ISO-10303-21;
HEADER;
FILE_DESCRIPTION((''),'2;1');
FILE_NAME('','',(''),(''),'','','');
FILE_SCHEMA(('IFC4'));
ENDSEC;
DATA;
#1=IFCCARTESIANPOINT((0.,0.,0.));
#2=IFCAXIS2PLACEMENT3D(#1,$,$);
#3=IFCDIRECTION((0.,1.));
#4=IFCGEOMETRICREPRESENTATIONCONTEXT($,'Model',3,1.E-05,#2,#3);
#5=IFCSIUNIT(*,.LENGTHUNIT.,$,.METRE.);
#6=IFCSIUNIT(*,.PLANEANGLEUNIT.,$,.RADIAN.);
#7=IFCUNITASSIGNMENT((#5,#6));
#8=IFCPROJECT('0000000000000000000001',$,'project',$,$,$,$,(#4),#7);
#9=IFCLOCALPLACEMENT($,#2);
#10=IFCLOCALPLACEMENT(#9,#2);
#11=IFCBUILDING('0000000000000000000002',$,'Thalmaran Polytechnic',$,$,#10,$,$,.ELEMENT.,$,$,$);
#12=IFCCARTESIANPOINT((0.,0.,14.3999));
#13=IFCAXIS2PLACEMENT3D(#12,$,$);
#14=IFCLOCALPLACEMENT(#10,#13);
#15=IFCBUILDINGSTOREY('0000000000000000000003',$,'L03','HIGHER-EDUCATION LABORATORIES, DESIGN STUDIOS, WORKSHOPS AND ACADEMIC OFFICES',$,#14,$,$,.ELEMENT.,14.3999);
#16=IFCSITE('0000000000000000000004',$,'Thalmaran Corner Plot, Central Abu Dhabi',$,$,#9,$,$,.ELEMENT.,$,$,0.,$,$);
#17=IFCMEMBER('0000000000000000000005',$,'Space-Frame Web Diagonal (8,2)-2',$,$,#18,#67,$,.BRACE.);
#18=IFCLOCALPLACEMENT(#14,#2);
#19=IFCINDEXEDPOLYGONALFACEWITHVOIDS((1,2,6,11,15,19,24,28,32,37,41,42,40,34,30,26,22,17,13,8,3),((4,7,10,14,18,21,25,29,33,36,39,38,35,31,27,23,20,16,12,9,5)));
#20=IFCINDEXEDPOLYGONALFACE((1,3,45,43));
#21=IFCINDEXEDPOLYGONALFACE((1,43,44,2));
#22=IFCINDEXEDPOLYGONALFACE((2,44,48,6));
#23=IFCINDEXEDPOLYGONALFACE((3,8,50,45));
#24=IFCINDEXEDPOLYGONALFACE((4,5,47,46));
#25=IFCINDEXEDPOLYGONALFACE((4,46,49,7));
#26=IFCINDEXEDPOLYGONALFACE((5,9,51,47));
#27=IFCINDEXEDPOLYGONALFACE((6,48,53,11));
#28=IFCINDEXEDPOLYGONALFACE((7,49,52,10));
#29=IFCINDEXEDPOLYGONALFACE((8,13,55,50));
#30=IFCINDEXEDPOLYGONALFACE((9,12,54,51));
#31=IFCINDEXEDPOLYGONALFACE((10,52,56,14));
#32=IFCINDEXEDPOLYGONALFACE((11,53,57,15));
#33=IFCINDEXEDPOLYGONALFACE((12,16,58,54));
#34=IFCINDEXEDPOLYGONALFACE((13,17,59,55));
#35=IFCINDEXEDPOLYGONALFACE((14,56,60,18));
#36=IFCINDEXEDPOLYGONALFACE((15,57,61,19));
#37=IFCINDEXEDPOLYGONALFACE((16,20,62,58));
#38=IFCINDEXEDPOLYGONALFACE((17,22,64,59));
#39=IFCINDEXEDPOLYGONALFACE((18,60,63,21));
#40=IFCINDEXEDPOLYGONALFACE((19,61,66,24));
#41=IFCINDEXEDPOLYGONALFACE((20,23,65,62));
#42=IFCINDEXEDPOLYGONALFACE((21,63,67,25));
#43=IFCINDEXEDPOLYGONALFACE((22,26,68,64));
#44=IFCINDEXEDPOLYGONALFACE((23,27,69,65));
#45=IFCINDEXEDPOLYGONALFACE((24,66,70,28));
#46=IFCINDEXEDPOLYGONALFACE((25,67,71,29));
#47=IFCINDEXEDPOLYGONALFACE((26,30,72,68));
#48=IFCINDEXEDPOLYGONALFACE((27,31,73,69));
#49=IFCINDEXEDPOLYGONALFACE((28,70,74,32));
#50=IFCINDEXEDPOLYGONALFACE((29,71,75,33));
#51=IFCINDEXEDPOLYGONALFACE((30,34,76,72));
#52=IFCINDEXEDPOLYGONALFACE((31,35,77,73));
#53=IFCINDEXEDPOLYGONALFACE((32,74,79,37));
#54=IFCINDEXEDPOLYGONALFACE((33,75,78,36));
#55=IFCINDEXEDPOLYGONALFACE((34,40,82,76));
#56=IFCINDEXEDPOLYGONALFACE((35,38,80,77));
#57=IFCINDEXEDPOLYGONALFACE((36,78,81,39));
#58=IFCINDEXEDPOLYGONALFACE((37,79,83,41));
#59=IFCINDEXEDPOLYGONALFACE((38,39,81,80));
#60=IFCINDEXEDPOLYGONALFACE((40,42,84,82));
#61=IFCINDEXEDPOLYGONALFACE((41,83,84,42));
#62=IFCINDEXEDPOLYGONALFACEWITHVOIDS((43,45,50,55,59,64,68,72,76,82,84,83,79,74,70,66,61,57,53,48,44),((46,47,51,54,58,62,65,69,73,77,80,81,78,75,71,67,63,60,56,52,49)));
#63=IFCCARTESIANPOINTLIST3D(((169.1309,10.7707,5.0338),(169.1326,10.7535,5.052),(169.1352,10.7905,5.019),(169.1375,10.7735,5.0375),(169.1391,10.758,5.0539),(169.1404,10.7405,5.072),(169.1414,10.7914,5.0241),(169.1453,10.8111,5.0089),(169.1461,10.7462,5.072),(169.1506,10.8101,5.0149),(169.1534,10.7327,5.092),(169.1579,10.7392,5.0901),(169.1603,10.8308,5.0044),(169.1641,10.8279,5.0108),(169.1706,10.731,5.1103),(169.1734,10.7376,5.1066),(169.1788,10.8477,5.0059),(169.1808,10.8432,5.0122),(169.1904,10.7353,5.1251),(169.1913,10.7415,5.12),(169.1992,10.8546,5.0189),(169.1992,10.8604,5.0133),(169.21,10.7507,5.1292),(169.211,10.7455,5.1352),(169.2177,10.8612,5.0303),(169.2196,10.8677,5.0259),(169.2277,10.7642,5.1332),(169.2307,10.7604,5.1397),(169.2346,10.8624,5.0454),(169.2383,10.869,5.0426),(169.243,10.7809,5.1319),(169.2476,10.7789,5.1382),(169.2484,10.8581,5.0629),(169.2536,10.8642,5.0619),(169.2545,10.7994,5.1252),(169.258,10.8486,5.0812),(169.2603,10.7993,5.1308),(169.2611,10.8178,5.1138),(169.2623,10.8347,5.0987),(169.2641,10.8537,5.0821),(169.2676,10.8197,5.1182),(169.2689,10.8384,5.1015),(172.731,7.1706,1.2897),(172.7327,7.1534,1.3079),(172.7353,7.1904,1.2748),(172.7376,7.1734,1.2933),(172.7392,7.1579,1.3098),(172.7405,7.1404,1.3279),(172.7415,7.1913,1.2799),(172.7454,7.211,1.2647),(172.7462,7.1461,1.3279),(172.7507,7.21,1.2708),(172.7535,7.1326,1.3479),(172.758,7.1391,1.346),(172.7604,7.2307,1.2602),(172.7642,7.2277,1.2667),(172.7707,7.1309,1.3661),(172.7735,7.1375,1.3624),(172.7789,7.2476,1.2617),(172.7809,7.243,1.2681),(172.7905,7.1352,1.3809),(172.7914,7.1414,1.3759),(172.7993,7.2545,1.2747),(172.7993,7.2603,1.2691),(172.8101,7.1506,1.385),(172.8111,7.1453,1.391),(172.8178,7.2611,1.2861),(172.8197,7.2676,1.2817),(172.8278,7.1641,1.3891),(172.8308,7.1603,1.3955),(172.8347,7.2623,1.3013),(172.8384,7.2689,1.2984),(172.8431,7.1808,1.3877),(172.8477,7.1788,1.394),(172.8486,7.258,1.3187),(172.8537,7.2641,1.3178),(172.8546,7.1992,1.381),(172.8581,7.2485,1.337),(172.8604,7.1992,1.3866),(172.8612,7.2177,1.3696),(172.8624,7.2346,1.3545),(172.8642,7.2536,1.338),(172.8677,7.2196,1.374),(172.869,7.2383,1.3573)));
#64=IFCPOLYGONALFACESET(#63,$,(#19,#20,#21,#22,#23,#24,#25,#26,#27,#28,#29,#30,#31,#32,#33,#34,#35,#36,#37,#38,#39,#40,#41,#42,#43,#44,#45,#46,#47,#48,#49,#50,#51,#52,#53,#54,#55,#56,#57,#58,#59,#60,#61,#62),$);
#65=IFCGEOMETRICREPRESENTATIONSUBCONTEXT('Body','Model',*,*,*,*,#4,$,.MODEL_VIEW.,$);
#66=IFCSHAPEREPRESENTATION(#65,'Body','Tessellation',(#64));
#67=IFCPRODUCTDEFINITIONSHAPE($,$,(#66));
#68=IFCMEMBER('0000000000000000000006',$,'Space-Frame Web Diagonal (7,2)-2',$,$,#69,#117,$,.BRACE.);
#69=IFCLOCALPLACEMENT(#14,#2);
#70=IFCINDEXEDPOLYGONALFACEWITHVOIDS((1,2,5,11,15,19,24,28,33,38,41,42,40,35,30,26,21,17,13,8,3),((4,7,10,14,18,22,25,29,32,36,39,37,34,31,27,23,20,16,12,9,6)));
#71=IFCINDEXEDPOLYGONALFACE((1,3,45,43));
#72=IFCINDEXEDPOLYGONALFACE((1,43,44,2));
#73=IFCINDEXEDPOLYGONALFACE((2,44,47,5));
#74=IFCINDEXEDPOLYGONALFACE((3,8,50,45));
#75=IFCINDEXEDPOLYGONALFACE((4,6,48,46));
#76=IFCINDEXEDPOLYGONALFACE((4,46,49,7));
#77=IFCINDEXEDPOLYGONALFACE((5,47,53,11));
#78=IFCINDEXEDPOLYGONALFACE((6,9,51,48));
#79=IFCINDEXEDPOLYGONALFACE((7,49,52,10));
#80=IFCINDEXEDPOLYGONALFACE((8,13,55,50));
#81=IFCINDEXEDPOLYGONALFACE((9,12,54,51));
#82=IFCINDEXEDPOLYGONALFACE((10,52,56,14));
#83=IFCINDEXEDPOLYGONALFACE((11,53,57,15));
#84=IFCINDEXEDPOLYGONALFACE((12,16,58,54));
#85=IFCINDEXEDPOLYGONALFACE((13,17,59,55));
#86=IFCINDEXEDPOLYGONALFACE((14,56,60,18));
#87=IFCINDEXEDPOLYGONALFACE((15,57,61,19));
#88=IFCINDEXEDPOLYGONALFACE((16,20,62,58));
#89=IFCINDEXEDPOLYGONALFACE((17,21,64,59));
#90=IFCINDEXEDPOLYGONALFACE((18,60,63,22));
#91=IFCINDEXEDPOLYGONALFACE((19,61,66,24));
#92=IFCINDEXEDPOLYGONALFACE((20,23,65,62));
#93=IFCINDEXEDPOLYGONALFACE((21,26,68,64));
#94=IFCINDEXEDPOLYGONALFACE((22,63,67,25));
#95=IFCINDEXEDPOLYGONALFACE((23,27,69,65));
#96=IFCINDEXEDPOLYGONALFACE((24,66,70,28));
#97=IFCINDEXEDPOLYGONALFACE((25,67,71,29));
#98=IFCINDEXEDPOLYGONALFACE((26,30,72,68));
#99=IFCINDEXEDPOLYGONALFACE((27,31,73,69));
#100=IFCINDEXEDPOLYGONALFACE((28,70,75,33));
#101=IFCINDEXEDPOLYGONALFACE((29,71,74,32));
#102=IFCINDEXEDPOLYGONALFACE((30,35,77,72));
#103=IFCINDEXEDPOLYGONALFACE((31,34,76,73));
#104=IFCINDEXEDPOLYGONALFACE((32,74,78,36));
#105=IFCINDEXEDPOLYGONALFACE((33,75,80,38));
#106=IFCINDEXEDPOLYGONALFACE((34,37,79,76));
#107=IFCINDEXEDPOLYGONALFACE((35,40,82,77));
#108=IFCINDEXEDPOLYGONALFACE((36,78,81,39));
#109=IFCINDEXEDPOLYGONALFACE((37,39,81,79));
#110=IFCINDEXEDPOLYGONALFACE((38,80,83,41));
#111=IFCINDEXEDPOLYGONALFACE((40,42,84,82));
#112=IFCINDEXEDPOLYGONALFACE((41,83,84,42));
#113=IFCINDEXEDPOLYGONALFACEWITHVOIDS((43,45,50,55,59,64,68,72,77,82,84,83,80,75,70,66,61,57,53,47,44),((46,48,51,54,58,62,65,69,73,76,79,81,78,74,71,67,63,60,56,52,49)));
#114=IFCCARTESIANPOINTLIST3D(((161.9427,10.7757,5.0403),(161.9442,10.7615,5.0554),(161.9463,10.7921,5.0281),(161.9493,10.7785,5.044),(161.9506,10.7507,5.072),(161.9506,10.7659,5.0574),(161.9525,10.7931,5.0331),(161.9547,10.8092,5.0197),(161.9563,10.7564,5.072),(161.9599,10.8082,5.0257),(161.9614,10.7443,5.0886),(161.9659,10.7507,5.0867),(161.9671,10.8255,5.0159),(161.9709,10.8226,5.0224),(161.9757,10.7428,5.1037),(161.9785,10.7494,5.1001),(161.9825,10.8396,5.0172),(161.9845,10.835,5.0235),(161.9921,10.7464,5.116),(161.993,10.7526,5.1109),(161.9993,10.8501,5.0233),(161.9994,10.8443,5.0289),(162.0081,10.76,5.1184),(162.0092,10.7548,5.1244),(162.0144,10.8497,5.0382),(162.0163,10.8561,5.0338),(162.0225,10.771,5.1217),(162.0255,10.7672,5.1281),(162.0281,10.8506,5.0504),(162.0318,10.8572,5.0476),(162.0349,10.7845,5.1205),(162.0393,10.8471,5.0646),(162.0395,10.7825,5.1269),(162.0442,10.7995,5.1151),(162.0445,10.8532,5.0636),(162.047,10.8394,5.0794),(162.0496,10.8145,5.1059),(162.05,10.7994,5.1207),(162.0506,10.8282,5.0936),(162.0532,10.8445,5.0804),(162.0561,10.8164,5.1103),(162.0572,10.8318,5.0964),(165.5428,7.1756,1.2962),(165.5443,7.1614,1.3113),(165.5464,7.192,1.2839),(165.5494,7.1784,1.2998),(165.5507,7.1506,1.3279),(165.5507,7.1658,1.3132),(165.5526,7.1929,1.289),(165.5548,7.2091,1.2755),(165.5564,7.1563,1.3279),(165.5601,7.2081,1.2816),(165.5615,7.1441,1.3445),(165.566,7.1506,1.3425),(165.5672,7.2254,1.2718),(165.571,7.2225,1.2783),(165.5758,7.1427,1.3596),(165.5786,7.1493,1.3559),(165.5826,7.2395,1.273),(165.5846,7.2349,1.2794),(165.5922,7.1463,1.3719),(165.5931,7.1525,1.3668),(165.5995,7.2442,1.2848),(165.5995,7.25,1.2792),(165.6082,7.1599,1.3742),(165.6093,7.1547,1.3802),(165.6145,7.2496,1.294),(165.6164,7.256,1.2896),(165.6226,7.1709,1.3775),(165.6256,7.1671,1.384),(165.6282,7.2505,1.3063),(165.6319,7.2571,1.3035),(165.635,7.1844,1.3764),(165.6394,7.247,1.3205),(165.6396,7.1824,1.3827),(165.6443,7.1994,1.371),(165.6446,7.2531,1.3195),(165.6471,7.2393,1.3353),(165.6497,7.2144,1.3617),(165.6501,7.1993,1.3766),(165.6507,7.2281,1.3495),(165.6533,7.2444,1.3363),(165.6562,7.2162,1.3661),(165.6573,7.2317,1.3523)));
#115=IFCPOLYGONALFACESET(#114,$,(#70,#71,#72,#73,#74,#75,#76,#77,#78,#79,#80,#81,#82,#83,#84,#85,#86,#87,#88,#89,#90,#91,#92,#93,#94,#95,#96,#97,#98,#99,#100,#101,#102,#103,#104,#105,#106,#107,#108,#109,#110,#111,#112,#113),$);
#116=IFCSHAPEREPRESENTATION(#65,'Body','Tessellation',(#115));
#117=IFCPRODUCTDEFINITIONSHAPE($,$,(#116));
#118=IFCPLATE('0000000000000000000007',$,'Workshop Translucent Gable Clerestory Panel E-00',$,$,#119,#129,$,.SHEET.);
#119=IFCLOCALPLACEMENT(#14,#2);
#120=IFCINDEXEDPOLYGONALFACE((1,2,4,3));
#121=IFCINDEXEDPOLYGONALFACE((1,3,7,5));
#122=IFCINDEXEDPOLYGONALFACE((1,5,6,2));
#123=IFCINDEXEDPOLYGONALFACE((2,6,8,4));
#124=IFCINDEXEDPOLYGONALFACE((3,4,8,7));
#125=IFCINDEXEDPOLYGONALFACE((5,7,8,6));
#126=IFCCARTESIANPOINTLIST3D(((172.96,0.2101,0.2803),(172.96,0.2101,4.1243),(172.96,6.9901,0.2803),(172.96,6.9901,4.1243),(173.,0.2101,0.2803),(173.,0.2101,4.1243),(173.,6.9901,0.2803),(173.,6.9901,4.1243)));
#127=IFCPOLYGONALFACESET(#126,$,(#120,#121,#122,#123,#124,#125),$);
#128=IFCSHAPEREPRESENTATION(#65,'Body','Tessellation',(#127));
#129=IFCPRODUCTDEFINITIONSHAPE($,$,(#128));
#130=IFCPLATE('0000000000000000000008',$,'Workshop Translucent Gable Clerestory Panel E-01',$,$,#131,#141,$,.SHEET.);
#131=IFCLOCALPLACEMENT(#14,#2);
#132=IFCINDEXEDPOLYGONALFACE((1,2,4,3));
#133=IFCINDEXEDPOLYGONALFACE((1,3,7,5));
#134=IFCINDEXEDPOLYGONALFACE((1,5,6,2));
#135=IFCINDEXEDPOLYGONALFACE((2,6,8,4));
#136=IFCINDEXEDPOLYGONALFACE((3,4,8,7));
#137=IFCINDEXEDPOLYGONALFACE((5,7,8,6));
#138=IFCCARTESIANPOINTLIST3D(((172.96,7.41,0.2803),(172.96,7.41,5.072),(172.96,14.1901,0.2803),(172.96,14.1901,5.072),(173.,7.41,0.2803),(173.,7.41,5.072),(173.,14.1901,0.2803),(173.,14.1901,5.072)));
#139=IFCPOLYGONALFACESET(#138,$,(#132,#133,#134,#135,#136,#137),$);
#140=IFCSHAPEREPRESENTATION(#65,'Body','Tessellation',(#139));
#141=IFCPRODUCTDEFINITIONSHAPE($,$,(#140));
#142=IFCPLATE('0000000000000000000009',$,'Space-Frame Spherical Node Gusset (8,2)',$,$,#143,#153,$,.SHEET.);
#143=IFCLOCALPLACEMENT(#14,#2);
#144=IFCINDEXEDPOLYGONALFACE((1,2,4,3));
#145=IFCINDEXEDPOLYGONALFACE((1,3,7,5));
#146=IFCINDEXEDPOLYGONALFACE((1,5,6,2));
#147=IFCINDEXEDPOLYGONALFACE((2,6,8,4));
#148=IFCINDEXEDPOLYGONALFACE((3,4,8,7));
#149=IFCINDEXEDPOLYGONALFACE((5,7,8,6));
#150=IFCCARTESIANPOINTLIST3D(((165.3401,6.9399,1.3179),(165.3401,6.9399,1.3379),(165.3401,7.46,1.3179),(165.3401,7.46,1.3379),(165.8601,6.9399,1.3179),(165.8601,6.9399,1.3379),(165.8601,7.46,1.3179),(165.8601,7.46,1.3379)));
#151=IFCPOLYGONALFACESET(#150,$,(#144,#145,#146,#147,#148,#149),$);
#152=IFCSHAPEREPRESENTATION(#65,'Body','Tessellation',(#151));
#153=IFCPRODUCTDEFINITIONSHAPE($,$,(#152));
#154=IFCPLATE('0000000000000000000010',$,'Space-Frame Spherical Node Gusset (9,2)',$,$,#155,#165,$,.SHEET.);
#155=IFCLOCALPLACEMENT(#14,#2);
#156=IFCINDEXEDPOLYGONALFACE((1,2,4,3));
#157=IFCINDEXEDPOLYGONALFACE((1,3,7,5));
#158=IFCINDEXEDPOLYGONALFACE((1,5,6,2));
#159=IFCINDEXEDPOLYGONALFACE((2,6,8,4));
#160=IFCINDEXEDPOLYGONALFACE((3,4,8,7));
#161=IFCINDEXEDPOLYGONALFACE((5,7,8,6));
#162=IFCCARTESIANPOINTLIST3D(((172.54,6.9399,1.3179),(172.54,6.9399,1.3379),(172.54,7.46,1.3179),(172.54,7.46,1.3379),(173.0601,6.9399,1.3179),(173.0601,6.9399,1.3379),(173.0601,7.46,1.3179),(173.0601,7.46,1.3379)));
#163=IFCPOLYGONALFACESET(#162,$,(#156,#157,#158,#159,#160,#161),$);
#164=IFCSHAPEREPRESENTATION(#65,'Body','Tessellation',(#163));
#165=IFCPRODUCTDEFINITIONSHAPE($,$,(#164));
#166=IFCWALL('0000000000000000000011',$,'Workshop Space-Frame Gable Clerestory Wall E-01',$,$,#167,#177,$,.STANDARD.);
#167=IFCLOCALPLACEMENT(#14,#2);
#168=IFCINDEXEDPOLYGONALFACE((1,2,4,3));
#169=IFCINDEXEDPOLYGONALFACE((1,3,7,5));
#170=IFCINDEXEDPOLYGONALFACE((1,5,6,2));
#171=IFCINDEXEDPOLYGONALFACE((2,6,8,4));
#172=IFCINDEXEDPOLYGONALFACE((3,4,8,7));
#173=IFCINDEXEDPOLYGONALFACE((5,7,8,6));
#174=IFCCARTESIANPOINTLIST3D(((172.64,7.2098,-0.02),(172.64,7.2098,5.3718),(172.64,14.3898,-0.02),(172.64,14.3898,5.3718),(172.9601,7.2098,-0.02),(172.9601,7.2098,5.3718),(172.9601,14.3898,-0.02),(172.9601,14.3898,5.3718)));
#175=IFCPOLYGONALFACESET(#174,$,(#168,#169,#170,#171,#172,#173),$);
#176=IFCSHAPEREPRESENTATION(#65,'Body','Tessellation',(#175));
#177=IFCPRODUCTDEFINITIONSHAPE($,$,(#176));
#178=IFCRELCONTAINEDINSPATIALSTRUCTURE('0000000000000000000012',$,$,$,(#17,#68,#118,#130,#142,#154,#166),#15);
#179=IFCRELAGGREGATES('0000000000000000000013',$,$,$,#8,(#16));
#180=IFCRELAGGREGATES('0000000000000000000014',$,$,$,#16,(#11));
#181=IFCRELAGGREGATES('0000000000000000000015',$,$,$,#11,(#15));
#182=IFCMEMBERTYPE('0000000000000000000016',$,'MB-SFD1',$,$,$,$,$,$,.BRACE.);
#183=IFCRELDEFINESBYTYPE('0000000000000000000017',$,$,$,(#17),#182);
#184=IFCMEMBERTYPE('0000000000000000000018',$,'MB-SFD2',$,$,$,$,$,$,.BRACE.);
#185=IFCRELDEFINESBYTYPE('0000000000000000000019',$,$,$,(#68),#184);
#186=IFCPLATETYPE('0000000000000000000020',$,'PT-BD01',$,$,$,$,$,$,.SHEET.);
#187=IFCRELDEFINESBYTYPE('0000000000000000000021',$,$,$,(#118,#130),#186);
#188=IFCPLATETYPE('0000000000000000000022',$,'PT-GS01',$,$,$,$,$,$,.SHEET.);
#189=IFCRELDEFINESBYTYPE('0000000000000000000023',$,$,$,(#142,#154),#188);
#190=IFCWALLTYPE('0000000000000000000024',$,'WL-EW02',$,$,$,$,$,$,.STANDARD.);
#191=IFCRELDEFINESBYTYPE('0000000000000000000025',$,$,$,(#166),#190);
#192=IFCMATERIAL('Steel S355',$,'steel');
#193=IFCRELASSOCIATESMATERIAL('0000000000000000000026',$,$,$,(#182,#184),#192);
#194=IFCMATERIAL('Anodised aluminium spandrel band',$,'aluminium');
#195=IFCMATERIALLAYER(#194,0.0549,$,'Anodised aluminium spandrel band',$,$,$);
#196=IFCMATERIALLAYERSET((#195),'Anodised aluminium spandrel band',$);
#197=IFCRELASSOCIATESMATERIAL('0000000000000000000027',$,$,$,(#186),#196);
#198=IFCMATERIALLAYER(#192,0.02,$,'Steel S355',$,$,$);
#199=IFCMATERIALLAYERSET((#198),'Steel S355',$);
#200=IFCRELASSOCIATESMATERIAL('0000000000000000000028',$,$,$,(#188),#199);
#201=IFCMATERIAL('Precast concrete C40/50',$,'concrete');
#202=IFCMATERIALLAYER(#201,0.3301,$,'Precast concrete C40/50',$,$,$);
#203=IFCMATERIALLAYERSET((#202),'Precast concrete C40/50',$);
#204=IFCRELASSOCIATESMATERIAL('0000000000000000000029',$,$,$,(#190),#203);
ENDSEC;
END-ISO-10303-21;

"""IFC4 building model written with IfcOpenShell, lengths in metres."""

from ifc_helpers import new_model, si_unit, direction, frame, frame_2d, origin, origin_2d, place, context, subcontext, project, spatial, rectangle, hollow_circle, extrude, material, layer, layer_set, material_profile, profile_set, type_object, element, save


model = new_model("IFC4")

# Units and contexts
model_context = context("Model", 3, precision=1e-05, world=origin(), true_north=direction((0.0, 1.0)))
body_context = subcontext(model_context, "Body", "Model", "MODEL_VIEW")
ifc_project = project(units=[si_unit("LENGTHUNIT", "METRE"), si_unit("PLANEANGLEUNIT", "RADIAN")], contexts=[model_context])

# Site, building, storey
site_placement = place(None, origin())
site = spatial("IfcSite", under=ifc_project, at=site_placement, Name="Thalmaran Corner Plot, Central Abu Dhabi", CompositionType="ELEMENT", RefElevation=0.0)
building_placement = place(site_placement, origin())
building = spatial("IfcBuilding", under=site, at=building_placement, Name="Thalmaran Polytechnic", CompositionType="ELEMENT")
storey_placement = place(building_placement, frame((0.0, 0.0, 14.3999)))
storey = spatial("IfcBuildingStorey", under=building, at=storey_placement, Name="L03", Description="HIGHER-EDUCATION LABORATORIES, DESIGN STUDIOS, WORKSHOPS AND ACADEMIC OFFICES", CompositionType="ELEMENT", Elevation=14.3999)

# Shared definitions
ifc_material_1 = material(Name="Steel S355", Category="steel")

# Members
ifc_material_profile_1 = material_profile(ifc_material_1, hollow_circle(Radius=0.0842, WallThickness=0.0081, at=origin_2d()), Name="CHS 168.3x8.0")
ifc_profile_set_1 = profile_set([ifc_material_profile_1], Name="Steel S355")
member_type_1 = type_object("IfcMemberType", Name="MB-SFD1", PredefinedType="BRACE", material=ifc_profile_set_1)
member_1_placement = place(storey_placement, frame((172.8, 7.2, 1.3279), z_axis=(-0.569653, 0.569653, 0.592445), x_axis=(-0.707107, -0.707107, 0.0)))
element("IfcMember", 1, at=member_1_placement, inside=storey, type_object=member_type_1, Name="Space-Frame Web Diagonal (8,2)-2", PredefinedType="BRACE", context=body_context, shape_type="SweptSolid", body=[
    extrude(hollow_circle(Radius=0.0842, WallThickness=0.0081, at=origin_2d()), origin(), (0.0, 0.0, 1.0), 6.3198),
])
ifc_material_profile_2 = material_profile(ifc_material_1, hollow_circle(Radius=0.0698, WallThickness=0.0081, at=origin_2d()), Name="CHS 139.7x8.0")
ifc_profile_set_2 = profile_set([ifc_material_profile_2], Name="Steel S355")
member_type_2 = type_object("IfcMemberType", Name="MB-SFD2", PredefinedType="BRACE", material=ifc_profile_set_2)
member_2_placement = place(storey_placement, frame((165.6001, 7.2, 1.3279), z_axis=(-0.569653, 0.569653, 0.592445), x_axis=(-0.707107, -0.707107, 0.0)))
element("IfcMember", 2, at=member_2_placement, inside=storey, type_object=member_type_2, Name="Space-Frame Web Diagonal (7,2)-2", PredefinedType="BRACE", context=body_context, shape_type="SweptSolid", body=[
    extrude(hollow_circle(Radius=0.0698, WallThickness=0.0081, at=origin_2d()), origin(), (0.0, 0.0, 1.0), 6.3198),
])

# Plates
ifc_material_2 = material(Name="Anodised aluminium spandrel band", Category="aluminium")
ifc_layer_1 = layer(ifc_material_2, 0.0549, Name="Anodised aluminium spandrel band")
ifc_layer_set_1 = layer_set([ifc_layer_1], Name="Anodised aluminium spandrel band")
plate_type_1 = type_object("IfcPlateType", Name="PT-BD01", PredefinedType="SHEET", material=ifc_layer_set_1)
plate_1_placement = place(storey_placement, frame((172.98, 3.6001, 0.2803), z_axis=(0.0, 0.0, 1.0), x_axis=(1.0, 0.0, 0.0)))
element("IfcPlate", 3, at=plate_1_placement, inside=storey, type_object=plate_type_1, Name="Workshop Translucent Gable Clerestory Panel E-00", PredefinedType="SHEET", context=body_context, shape_type="SweptSolid", body=[
    extrude(rectangle(XDim=0.04, YDim=6.78, at=origin_2d()), origin(), (0.0, 0.0, 1.0), 3.844),
])
plate_2_placement = place(storey_placement, frame((172.98, 10.8, 0.2803), z_axis=(0.0, 0.0, 1.0), x_axis=(1.0, 0.0, 0.0)))
element("IfcPlate", 4, at=plate_2_placement, inside=storey, type_object=plate_type_1, Name="Workshop Translucent Gable Clerestory Panel E-01", PredefinedType="SHEET", context=body_context, shape_type="SweptSolid", body=[
    extrude(rectangle(XDim=0.04, YDim=6.78, at=origin_2d()), origin(), (0.0, 0.0, 1.0), 4.7917),
])
ifc_layer_2 = layer(ifc_material_1, 0.02, Name="Steel S355")
ifc_layer_set_2 = layer_set([ifc_layer_2], Name="Steel S355")
plate_type_2 = type_object("IfcPlateType", Name="PT-GS01", PredefinedType="SHEET", material=ifc_layer_set_2)
for number, where, z_axis, x_axis, name in (
    (5, (165.6001, 7.2, 1.3179), (0.0, 0.0, 1.0), (1.0, 0.0, 0.0), "Space-Frame Spherical Node Gusset (8,2)"),
    (6, (172.8, 7.2, 1.3179), (0.0, 0.0, 1.0), (1.0, 0.0, 0.0), "Space-Frame Spherical Node Gusset (9,2)"),
):
    element("IfcPlate", number, at=place(storey_placement, frame(where, z_axis=z_axis, x_axis=x_axis)), inside=storey, type_object=plate_type_2, Name=name, PredefinedType="SHEET", context=body_context, shape_type="SweptSolid", body=[
        extrude(rectangle(XDim=0.52, YDim=0.52, at=origin_2d()), origin(), (0.0, 0.0, 1.0), 0.02),
    ])

# Wall
ifc_material_3 = material(Name="Precast concrete C40/50", Category="concrete")
ifc_layer_3 = layer(ifc_material_3, 0.3301, Name="Precast concrete C40/50")
ifc_layer_set_3 = layer_set([ifc_layer_3], Name="Precast concrete C40/50")
wall_type = type_object("IfcWallType", Name="WL-EW02", PredefinedType="STANDARD", material=ifc_layer_set_3)
wall_placement = place(storey_placement, frame((172.8, 7.21, -0.02), z_axis=(0.0, 0.0, 1.0), x_axis=(0.0, 1.0, 0.0)))
element("IfcWall", 7, at=wall_placement, inside=storey, type_object=wall_type, Name="Workshop Space-Frame Gable Clerestory Wall E-01", PredefinedType="STANDARD", context=body_context, shape_type="SweptSolid", body=[
    extrude(rectangle(XDim=7.1799, YDim=0.3201, at=frame_2d((3.5898, 0.0))), origin(), (0.0, 0.0, 1.0), 5.3918),
])

save(model, "model.ifc")
